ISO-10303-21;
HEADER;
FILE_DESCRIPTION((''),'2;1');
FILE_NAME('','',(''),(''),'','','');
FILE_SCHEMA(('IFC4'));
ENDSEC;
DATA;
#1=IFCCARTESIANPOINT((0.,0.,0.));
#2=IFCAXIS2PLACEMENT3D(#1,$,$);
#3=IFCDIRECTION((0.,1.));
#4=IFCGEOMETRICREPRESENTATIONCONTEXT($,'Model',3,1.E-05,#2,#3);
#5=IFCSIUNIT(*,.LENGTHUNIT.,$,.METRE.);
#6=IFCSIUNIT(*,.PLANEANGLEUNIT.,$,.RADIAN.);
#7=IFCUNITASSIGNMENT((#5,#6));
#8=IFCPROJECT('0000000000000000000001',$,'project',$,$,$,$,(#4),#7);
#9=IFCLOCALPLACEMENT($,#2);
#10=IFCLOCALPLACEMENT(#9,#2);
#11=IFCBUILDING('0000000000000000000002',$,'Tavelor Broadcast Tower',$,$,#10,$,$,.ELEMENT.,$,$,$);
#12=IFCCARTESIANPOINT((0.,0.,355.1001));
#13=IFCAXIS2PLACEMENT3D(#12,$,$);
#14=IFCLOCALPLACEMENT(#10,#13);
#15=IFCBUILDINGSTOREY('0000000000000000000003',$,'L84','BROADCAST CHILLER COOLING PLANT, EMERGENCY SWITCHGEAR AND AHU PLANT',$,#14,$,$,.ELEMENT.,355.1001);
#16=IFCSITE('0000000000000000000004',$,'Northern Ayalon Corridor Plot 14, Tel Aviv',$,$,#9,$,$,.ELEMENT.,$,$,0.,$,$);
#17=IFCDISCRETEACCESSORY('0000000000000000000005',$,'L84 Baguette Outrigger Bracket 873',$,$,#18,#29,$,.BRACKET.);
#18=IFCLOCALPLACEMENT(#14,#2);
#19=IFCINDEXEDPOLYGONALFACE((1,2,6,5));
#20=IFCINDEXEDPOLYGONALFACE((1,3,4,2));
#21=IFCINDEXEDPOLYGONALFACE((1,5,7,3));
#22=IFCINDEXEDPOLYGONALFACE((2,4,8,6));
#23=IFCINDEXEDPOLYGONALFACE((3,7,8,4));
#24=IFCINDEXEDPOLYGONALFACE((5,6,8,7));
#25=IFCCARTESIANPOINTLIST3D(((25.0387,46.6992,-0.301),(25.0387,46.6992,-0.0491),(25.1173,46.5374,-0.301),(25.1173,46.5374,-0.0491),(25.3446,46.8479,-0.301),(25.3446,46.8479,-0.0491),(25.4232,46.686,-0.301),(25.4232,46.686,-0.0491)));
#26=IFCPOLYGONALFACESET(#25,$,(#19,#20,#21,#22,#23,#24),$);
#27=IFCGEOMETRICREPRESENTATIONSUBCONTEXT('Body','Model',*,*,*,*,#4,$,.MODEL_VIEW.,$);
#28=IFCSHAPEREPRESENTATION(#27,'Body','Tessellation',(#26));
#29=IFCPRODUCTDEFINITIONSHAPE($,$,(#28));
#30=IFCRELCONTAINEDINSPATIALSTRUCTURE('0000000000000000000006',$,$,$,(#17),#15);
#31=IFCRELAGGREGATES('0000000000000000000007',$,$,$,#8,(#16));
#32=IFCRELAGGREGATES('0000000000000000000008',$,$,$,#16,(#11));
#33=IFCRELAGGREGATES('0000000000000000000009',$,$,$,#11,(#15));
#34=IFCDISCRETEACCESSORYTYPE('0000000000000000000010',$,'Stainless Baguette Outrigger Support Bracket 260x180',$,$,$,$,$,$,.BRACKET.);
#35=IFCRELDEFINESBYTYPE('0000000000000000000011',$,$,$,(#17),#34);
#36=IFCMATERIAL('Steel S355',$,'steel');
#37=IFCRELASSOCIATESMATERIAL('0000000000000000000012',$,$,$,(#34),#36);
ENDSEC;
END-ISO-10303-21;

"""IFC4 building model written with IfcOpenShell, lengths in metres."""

from ifc_helpers import new_model, si_unit, direction, frame, origin, origin_2d, place, context, subcontext, project, spatial, rectangle, extrude, source, transform, mapped, material, type_object, type_shapes, element, save


model = new_model("IFC4")

# Units and contexts
model_context = context("Model", 3, precision=1e-05, world=origin(), true_north=direction((0.0, 1.0)))
body_context = subcontext(model_context, "Body", "Model", "MODEL_VIEW")
ifc_project = project(units=[si_unit("LENGTHUNIT", "METRE"), si_unit("PLANEANGLEUNIT", "RADIAN")], contexts=[model_context])

# Site, building, storey
site_placement = place(None, origin())
site = spatial("IfcSite", under=ifc_project, at=site_placement, Name="Northern Ayalon Corridor Plot 14, Tel Aviv", CompositionType="ELEMENT", RefElevation=0.0)
building_placement = place(site_placement, origin())
building = spatial("IfcBuilding", under=site, at=building_placement, Name="Tavelor Broadcast Tower", CompositionType="ELEMENT")
storey_placement = place(building_placement, frame((0.0, 0.0, 355.1001)))
storey = spatial("IfcBuildingStorey", under=building, at=storey_placement, Name="L84", Description="BROADCAST CHILLER COOLING PLANT, EMERGENCY SWITCHGEAR AND AHU PLANT", CompositionType="ELEMENT", Elevation=355.1001)

# Shared definitions
ifc_material_1 = material(Name="Steel S355", Category="steel")

# Discrete accessory
discrete_accessory_type = type_object("IfcDiscreteAccessoryType", Name="Stainless Baguette Outrigger Support Bracket 260x180", PredefinedType="BRACKET", material=ifc_material_1)
shared_shape_1 = source(origin(), body_context, "Body", "SweptSolid", [
    extrude(rectangle(XDim=0.1799, YDim=0.3401, at=origin_2d()), origin(), (0.0, 0.0, 1.0), 0.252),
])
type_shapes(discrete_accessory_type, [shared_shape_1])
discrete_accessory_placement = place(storey_placement, frame((25.231, 46.6926, -0.301), z_axis=(0.0, 0.0, 1.0), x_axis=(0.437116, -0.899405, 0.0)))
element("IfcDiscreteAccessory", 1, at=discrete_accessory_placement, inside=storey, type_object=discrete_accessory_type, Name="L84 Baguette Outrigger Bracket 873", PredefinedType="BRACKET", context=body_context, shape_type="MappedRepresentation", body=[
    mapped(shared_shape_1, transform((0.0, 0.0, 0.0), scale=1.0)),
])

save(model, "model.ifc")
